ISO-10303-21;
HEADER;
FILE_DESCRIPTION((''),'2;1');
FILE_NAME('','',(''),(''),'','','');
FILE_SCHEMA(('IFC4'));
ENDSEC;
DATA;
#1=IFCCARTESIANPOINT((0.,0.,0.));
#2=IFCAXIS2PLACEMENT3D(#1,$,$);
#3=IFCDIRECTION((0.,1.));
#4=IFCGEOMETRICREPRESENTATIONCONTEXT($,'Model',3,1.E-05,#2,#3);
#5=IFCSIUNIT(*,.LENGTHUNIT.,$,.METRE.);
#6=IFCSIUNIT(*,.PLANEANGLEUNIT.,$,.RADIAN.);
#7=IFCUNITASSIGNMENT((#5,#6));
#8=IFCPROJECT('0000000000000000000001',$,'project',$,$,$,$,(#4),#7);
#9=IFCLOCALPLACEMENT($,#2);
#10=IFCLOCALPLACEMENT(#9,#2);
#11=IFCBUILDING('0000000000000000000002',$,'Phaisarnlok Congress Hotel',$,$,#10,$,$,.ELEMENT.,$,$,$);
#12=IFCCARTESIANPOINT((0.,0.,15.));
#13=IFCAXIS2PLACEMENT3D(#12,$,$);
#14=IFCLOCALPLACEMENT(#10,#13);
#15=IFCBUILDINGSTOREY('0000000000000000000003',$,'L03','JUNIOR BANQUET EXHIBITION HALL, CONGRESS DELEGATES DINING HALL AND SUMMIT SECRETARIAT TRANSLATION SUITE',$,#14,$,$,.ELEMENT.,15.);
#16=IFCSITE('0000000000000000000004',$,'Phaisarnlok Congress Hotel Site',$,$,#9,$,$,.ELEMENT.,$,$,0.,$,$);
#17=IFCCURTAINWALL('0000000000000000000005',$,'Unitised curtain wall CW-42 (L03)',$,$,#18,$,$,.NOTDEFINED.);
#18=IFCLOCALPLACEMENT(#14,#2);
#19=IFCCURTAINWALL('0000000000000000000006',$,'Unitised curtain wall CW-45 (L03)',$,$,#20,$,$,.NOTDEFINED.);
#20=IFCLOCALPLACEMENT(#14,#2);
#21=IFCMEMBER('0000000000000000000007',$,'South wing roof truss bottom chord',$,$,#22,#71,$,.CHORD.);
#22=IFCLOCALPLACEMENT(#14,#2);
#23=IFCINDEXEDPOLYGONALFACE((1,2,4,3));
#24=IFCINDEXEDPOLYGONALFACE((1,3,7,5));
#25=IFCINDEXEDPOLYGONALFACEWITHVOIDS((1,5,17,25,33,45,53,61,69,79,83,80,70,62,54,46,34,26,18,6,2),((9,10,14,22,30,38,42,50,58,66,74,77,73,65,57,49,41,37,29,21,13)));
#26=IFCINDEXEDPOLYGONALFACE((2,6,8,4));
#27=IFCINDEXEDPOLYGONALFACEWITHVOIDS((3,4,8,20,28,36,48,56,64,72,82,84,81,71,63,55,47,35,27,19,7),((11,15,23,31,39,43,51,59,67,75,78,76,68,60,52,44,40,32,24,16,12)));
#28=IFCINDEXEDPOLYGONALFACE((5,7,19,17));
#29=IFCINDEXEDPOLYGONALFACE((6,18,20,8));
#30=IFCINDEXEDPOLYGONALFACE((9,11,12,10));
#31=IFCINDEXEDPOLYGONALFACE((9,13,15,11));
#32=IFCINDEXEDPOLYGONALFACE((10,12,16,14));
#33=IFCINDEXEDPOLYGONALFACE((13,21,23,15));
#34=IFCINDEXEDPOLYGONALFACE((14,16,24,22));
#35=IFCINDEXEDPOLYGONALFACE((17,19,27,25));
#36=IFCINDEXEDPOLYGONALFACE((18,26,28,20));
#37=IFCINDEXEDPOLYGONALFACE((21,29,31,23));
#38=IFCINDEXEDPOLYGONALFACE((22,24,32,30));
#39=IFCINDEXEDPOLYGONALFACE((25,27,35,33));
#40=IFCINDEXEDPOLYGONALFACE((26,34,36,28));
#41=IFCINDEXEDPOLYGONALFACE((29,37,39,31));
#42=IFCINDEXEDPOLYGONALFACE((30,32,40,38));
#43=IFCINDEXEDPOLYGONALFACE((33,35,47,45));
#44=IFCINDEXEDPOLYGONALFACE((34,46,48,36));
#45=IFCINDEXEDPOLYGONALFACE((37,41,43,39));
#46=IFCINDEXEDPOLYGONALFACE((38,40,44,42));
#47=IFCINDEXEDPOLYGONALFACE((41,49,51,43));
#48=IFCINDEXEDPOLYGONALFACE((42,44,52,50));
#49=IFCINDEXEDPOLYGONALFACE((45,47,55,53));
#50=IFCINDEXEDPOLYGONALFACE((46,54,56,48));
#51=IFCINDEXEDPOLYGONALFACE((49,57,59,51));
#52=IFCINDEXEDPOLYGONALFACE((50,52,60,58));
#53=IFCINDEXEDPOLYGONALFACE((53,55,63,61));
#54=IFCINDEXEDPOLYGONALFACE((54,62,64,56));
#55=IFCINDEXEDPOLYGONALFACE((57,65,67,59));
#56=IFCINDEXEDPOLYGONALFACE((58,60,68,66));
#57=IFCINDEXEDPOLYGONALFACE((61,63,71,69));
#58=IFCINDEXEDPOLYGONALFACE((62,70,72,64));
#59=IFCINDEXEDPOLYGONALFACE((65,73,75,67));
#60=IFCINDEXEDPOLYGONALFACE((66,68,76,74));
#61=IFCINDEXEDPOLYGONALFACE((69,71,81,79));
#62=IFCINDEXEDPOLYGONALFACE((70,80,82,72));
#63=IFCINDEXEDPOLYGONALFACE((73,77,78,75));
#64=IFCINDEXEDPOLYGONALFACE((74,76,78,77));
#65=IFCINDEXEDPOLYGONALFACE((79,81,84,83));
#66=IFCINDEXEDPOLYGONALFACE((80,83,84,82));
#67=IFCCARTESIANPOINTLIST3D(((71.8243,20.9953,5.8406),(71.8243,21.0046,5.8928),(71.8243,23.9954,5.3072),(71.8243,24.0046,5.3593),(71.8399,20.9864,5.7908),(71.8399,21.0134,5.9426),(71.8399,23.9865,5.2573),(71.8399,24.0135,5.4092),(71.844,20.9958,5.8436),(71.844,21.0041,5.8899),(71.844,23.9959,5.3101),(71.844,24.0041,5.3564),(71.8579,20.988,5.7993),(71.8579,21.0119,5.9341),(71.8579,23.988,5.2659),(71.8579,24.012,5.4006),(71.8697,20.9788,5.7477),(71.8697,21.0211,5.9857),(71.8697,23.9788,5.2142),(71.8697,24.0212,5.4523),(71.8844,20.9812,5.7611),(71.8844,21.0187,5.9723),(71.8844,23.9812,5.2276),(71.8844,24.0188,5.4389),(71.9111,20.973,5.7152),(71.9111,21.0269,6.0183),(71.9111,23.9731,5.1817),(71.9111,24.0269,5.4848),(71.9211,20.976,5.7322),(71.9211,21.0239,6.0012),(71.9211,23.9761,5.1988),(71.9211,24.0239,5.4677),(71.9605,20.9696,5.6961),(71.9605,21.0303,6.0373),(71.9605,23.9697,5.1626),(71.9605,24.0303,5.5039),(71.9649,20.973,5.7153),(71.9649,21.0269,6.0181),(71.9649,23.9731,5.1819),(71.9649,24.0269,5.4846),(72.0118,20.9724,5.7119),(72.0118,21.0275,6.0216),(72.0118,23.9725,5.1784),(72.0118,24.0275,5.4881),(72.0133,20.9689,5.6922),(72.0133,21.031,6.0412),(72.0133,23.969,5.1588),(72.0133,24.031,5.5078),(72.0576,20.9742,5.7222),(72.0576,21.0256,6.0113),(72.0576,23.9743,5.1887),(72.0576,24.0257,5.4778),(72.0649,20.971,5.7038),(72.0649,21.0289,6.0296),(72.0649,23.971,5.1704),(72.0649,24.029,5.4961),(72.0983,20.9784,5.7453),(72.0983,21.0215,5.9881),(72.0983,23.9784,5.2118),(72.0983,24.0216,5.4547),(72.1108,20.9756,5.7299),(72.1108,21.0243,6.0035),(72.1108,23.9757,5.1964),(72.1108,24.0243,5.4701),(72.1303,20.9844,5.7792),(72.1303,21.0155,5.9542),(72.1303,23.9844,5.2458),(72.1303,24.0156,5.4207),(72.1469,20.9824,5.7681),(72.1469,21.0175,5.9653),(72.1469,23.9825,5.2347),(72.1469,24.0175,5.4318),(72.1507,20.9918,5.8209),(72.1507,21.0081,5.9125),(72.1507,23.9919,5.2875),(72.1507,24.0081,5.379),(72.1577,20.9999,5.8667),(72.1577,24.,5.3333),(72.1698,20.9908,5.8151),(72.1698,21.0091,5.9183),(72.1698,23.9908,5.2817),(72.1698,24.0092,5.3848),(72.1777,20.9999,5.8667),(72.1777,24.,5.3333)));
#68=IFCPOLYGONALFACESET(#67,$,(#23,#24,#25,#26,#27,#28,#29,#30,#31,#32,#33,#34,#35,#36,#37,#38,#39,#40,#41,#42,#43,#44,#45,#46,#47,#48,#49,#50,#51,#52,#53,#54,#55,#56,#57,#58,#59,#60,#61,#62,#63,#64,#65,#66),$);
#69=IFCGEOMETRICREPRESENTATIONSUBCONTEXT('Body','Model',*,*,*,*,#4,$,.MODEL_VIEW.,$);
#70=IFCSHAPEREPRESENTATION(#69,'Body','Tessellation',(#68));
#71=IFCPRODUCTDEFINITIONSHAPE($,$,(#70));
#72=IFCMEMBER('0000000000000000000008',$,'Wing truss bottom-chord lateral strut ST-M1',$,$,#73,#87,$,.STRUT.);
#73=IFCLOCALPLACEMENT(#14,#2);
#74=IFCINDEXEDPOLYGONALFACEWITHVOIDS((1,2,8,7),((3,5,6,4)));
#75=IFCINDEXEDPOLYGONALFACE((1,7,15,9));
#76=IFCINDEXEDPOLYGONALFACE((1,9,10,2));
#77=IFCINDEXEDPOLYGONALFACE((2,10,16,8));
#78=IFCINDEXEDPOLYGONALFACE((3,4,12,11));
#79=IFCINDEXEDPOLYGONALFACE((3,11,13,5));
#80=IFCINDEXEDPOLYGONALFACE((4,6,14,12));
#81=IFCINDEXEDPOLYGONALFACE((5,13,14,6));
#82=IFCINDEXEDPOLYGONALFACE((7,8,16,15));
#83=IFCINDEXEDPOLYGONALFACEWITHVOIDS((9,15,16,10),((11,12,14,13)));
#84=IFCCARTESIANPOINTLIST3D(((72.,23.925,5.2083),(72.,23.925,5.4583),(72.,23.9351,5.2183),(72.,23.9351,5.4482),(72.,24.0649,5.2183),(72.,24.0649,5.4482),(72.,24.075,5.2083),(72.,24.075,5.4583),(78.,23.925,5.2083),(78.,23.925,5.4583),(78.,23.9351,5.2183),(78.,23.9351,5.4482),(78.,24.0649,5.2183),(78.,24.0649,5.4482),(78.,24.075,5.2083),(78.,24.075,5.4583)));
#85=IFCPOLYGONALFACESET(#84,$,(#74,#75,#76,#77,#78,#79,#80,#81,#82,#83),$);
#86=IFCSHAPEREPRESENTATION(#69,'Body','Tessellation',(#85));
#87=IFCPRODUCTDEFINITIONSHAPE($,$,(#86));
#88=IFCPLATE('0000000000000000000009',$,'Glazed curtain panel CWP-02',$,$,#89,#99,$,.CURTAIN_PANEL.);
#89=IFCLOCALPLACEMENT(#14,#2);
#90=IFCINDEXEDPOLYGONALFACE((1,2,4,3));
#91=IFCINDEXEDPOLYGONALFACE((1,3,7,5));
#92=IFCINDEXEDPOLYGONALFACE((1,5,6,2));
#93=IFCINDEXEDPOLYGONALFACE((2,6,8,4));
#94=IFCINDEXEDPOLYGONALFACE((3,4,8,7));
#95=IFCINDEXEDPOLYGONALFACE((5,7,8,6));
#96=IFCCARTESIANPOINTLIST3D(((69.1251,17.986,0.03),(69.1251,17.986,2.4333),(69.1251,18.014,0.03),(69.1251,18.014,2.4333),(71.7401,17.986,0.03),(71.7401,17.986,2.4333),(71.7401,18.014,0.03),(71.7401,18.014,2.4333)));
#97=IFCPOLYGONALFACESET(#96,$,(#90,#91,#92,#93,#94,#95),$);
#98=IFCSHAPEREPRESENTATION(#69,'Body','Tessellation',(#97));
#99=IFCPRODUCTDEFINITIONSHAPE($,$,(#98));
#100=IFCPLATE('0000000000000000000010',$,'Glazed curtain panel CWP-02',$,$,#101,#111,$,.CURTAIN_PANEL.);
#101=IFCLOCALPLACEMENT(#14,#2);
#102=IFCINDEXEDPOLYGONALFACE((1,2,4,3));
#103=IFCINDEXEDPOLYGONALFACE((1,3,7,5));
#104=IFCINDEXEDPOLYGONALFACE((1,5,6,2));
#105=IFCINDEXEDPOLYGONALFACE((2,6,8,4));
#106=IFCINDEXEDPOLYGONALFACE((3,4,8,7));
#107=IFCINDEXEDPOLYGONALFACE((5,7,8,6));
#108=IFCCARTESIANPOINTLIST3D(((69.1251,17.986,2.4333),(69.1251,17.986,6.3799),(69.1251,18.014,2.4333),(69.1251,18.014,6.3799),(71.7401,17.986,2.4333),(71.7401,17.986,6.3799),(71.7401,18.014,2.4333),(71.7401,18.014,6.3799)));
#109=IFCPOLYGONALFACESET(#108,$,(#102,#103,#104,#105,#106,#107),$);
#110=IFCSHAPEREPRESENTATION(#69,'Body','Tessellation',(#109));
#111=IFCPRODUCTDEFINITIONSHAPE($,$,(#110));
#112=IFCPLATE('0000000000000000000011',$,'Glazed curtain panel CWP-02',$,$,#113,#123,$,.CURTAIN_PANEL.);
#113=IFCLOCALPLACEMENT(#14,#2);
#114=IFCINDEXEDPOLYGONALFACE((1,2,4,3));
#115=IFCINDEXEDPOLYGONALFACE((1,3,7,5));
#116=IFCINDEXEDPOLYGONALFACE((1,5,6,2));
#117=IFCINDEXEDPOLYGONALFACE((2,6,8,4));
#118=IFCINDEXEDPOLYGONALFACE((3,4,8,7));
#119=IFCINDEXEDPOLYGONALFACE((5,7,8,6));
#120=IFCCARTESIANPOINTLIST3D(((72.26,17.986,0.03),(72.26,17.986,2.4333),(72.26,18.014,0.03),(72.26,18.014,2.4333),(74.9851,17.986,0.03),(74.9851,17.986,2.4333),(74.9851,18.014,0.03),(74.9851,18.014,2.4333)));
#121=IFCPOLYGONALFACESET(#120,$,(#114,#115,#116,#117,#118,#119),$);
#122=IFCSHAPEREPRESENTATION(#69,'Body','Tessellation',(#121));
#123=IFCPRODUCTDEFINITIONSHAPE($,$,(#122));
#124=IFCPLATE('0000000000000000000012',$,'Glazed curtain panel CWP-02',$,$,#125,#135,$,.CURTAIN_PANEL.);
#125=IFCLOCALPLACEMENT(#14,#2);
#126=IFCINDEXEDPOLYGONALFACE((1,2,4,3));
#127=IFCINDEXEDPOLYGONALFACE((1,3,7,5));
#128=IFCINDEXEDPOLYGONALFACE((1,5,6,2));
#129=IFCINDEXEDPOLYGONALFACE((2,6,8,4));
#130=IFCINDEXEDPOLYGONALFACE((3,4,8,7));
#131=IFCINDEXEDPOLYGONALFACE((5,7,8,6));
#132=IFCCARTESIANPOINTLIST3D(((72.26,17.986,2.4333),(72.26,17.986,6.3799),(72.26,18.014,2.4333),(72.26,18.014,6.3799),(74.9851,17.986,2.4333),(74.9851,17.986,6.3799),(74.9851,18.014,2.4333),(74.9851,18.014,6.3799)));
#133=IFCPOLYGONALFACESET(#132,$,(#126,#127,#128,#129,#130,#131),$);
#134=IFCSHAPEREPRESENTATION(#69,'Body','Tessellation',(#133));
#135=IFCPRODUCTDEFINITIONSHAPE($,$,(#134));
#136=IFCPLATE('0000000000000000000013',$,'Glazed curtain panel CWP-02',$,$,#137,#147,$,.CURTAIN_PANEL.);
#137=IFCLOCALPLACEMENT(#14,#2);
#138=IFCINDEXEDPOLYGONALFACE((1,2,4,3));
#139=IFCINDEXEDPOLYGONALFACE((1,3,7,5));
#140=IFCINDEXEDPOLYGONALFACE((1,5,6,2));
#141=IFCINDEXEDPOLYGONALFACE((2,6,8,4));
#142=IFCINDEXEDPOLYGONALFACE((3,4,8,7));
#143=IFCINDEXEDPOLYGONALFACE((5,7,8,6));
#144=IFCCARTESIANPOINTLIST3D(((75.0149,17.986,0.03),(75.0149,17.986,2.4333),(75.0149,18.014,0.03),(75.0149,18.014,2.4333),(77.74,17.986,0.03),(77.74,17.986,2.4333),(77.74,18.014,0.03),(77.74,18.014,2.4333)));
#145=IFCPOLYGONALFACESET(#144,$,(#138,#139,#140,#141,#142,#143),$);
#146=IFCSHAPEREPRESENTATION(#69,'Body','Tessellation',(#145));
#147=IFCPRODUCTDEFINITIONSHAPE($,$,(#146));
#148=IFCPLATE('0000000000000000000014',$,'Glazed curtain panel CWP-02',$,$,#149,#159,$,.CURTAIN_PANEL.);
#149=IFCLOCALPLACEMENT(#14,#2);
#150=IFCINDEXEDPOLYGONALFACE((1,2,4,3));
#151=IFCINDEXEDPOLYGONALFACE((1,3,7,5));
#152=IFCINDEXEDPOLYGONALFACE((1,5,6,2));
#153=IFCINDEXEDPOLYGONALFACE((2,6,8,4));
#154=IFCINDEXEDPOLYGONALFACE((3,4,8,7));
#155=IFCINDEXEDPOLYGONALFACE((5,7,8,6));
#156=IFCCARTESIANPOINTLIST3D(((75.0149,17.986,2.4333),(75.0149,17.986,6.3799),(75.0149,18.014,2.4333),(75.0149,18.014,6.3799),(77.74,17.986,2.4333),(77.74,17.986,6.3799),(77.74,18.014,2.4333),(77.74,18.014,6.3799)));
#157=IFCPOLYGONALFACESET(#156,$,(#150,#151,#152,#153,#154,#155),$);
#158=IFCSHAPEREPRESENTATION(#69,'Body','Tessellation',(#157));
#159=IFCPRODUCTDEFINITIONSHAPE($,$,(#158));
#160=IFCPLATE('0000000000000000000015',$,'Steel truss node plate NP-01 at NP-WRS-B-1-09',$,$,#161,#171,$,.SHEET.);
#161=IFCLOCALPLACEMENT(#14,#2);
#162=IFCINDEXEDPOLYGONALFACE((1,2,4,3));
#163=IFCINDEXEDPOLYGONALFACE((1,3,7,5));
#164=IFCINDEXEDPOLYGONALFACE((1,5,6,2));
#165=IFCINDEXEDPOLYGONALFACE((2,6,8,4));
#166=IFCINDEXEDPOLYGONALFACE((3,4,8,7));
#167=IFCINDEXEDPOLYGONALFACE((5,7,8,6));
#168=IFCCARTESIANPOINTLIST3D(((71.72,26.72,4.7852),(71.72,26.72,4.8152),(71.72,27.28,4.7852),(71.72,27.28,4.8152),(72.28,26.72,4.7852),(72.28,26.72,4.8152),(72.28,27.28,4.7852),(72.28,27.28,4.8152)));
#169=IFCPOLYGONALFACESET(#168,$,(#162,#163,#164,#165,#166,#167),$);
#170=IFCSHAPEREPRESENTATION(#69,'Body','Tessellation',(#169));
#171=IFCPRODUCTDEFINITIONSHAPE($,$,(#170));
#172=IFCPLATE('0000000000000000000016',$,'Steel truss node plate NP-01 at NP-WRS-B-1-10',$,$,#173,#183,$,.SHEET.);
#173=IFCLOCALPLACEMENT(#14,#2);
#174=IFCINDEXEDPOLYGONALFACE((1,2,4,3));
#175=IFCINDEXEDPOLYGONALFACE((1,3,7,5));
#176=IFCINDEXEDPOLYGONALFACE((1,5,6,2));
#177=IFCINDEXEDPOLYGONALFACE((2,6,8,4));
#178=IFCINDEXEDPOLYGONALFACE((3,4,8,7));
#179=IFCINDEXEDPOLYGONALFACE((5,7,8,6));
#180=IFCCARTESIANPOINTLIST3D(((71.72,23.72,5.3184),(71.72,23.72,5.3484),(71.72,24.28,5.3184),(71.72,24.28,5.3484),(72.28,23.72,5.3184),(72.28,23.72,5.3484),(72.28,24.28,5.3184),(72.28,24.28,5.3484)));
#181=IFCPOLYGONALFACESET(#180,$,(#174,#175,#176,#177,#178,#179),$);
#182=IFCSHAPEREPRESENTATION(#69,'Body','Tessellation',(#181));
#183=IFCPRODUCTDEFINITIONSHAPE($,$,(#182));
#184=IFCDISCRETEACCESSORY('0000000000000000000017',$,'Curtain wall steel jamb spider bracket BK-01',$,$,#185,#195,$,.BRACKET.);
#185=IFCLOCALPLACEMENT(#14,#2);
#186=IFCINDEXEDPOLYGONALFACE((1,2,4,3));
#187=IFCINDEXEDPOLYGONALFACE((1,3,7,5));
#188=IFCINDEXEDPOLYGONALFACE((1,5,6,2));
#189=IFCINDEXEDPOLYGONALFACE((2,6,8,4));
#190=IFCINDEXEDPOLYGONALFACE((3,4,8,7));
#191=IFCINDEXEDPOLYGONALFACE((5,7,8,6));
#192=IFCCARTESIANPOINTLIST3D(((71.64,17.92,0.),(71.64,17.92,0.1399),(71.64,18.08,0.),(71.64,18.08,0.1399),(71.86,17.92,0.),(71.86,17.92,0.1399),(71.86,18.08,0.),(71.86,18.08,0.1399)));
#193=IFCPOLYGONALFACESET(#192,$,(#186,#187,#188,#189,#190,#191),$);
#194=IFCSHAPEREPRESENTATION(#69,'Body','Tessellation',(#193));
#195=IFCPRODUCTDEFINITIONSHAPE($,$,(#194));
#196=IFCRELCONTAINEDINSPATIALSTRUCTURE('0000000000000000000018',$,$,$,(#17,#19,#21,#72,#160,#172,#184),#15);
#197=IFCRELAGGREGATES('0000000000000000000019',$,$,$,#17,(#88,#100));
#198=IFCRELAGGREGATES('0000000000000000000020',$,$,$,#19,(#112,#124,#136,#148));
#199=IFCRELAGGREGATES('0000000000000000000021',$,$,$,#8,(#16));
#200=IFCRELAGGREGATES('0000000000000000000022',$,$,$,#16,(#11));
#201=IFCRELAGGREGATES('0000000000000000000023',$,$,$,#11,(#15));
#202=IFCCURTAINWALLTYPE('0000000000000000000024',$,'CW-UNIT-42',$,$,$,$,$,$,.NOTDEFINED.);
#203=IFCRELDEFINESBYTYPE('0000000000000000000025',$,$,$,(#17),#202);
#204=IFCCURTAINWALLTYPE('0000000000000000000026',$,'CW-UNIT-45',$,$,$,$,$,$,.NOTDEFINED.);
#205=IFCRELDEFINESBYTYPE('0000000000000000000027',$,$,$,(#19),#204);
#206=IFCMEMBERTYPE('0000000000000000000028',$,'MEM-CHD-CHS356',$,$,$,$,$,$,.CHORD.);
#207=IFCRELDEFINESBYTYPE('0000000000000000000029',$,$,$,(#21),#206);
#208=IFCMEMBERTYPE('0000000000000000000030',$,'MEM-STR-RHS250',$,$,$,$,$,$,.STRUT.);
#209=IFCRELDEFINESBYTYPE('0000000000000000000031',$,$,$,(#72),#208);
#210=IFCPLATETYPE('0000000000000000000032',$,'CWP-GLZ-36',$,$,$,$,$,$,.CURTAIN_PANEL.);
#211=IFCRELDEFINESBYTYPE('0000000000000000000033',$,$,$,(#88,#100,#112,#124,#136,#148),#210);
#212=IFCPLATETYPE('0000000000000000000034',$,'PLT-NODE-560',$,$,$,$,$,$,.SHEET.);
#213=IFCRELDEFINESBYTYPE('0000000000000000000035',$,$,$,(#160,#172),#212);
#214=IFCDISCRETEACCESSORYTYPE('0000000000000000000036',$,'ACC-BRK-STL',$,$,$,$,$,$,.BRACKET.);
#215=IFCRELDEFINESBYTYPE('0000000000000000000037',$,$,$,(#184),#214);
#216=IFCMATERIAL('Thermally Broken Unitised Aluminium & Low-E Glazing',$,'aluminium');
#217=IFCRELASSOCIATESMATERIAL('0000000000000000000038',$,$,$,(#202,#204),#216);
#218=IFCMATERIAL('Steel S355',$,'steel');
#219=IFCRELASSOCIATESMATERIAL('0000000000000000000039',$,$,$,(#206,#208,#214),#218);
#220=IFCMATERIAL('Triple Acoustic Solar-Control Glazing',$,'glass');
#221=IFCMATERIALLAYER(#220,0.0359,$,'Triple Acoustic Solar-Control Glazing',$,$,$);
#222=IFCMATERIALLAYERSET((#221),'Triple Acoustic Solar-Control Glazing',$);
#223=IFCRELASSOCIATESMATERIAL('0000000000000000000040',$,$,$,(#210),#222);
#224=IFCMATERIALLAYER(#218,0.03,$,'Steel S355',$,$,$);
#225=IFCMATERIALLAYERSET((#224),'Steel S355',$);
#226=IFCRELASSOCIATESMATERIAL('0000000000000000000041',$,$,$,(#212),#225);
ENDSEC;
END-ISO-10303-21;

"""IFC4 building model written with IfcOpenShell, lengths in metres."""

from ifc_helpers import new_model, si_unit, direction, frame, frame_2d, origin, origin_2d, place, context, subcontext, project, spatial, rectangle, hollow_rectangle, hollow_circle, extrude, material, layer, layer_set, material_profile, profile_set, type_object, element, aggregate, save


model = new_model("IFC4")

# Units and contexts
model_context = context("Model", 3, precision=1e-05, world=origin(), true_north=direction((0.0, 1.0)))
body_context = subcontext(model_context, "Body", "Model", "MODEL_VIEW")
ifc_project = project(units=[si_unit("LENGTHUNIT", "METRE"), si_unit("PLANEANGLEUNIT", "RADIAN")], contexts=[model_context])

# Site, building, storey
site_placement = place(None, origin())
site = spatial("IfcSite", under=ifc_project, at=site_placement, Name="Phaisarnlok Congress Hotel Site", CompositionType="ELEMENT", RefElevation=0.0)
building_placement = place(site_placement, origin())
building = spatial("IfcBuilding", under=site, at=building_placement, Name="Phaisarnlok Congress Hotel", CompositionType="ELEMENT")
storey_placement = place(building_placement, frame((0.0, 0.0, 15.0)))
storey = spatial("IfcBuildingStorey", under=building, at=storey_placement, Name="L03", Description="JUNIOR BANQUET EXHIBITION HALL, CONGRESS DELEGATES DINING HALL AND SUMMIT SECRETARIAT TRANSLATION SUITE", CompositionType="ELEMENT", Elevation=15.0)

# Shared definitions
ifc_material_1 = material(Name="Steel S355", Category="steel")

# Curtain wall
ifc_material_2 = material(Name="Thermally Broken Unitised Aluminium & Low-E Glazing", Category="aluminium")
curtain_wall_type_1 = type_object("IfcCurtainWallType", Name="CW-UNIT-42", PredefinedType="NOTDEFINED", material=ifc_material_2)
curtain_wall_1_placement = place(storey_placement, origin())
curtain_wall_1 = element("IfcCurtainWall", 1, at=curtain_wall_1_placement, inside=storey, type_object=curtain_wall_type_1, Name="Unitised curtain wall CW-42 (L03)", PredefinedType="NOTDEFINED")

# Curtain wall
curtain_wall_type_2 = type_object("IfcCurtainWallType", Name="CW-UNIT-45", PredefinedType="NOTDEFINED", material=ifc_material_2)
curtain_wall_2_placement = place(storey_placement, origin())
curtain_wall_2 = element("IfcCurtainWall", 2, at=curtain_wall_2_placement, inside=storey, type_object=curtain_wall_type_2, Name="Unitised curtain wall CW-45 (L03)", PredefinedType="NOTDEFINED")

# Members
ifc_material_profile_1 = material_profile(ifc_material_1, hollow_circle(Radius=0.1777, WallThickness=0.02, at=origin_2d()), Name="CHS 355.6x20")
ifc_profile_set_1 = profile_set([ifc_material_profile_1], Name="Steel S355")
member_type_1 = type_object("IfcMemberType", Name="MEM-CHD-CHS356", PredefinedType="CHORD", material=ifc_profile_set_1)
for number, where, z_axis, x_axis, name in (
    (3, (72.0, 24.0, 5.3333), (0.0, -0.984556, 0.17507), (1.0, 0.0, 0.0), "South wing roof truss bottom chord"),
):
    element("IfcMember", number, at=place(storey_placement, frame(where, z_axis=z_axis, x_axis=x_axis)), inside=storey, type_object=member_type_1, Name=name, PredefinedType="CHORD", context=body_context, shape_type="SweptSolid", body=[
        extrude(hollow_circle(Radius=0.1777, WallThickness=0.02, at=origin_2d()), origin(), (0.0, 0.0, 1.0), 3.0471),
    ])
ifc_material_profile_2 = material_profile(ifc_material_1, hollow_rectangle(XDim=0.1499, YDim=0.25, WallThickness=0.01, at=origin_2d()), Name="RHS 250x150x10")
ifc_profile_set_2 = profile_set([ifc_material_profile_2], Name="Steel S355")
member_type_2 = type_object("IfcMemberType", Name="MEM-STR-RHS250", PredefinedType="STRUT", material=ifc_profile_set_2)
member_1_placement = place(storey_placement, frame((72.0, 24.0, 5.3333), z_axis=(1.0, 0.0, 0.0), x_axis=(0.0, 1.0, 0.0)))
element("IfcMember", 4, at=member_1_placement, inside=storey, type_object=member_type_2, Name="Wing truss bottom-chord lateral strut ST-M1", PredefinedType="STRUT", context=body_context, shape_type="SweptSolid", body=[
    extrude(hollow_rectangle(XDim=0.1499, YDim=0.25, WallThickness=0.01, at=origin_2d()), origin(), (0.0, 0.0, 1.0), 6.0),
])

# Plates
ifc_material_3 = material(Name="Triple Acoustic Solar-Control Glazing", Category="glass")
ifc_layer_1 = layer(ifc_material_3, 0.0359, Name="Triple Acoustic Solar-Control Glazing")
ifc_layer_set_1 = layer_set([ifc_layer_1], Name="Triple Acoustic Solar-Control Glazing")
plate_type_1 = type_object("IfcPlateType", Name="CWP-GLZ-36", PredefinedType="CURTAIN_PANEL", material=ifc_layer_set_1)
plate_1_placement = place(storey_placement, frame((69.125, 18.0, 0.03), z_axis=(0.0, 0.0, 1.0), x_axis=(1.0, 0.0, 0.0)))
plate_1 = element("IfcPlate", 5, at=plate_1_placement, type_object=plate_type_1, Name="Glazed curtain panel CWP-02", PredefinedType="CURTAIN_PANEL", context=body_context, shape_type="SweptSolid", body=[
    extrude(rectangle(XDim=2.615, YDim=0.0281, at=frame_2d((1.3076, 0.0))), origin(), (0.0, 0.0, 1.0), 2.4033),
])
plate_2_placement = place(storey_placement, frame((69.125, 18.0, 2.4333), z_axis=(0.0, 0.0, 1.0), x_axis=(1.0, 0.0, 0.0)))
plate_2 = element("IfcPlate", 6, at=plate_2_placement, type_object=plate_type_1, Name="Glazed curtain panel CWP-02", PredefinedType="CURTAIN_PANEL", context=body_context, shape_type="SweptSolid", body=[
    extrude(rectangle(XDim=2.615, YDim=0.0281, at=frame_2d((1.3076, 0.0))), origin(), (0.0, 0.0, 1.0), 3.9465),
])
aggregate(curtain_wall_1, [plate_1, plate_2])
plate_3_placement = place(storey_placement, frame((72.26, 18.0, 0.03), z_axis=(0.0, 0.0, 1.0), x_axis=(1.0, 0.0, 0.0)))
plate_3 = element("IfcPlate", 7, at=plate_3_placement, type_object=plate_type_1, Name="Glazed curtain panel CWP-02", PredefinedType="CURTAIN_PANEL", context=body_context, shape_type="SweptSolid", body=[
    extrude(rectangle(XDim=2.7251, YDim=0.0281, at=frame_2d((1.3625, 0.0))), origin(), (0.0, 0.0, 1.0), 2.4033),
])
plate_4_placement = place(storey_placement, frame((72.26, 18.0, 2.4333), z_axis=(0.0, 0.0, 1.0), x_axis=(1.0, 0.0, 0.0)))
plate_4 = element("IfcPlate", 8, at=plate_4_placement, type_object=plate_type_1, Name="Glazed curtain panel CWP-02", PredefinedType="CURTAIN_PANEL", context=body_context, shape_type="SweptSolid", body=[
    extrude(rectangle(XDim=2.7251, YDim=0.0281, at=frame_2d((1.3625, 0.0))), origin(), (0.0, 0.0, 1.0), 3.9465),
])
plate_5_placement = place(storey_placement, frame((75.0149, 18.0, 0.03), z_axis=(0.0, 0.0, 1.0), x_axis=(1.0, 0.0, 0.0)))
plate_5 = element("IfcPlate", 9, at=plate_5_placement, type_object=plate_type_1, Name="Glazed curtain panel CWP-02", PredefinedType="CURTAIN_PANEL", context=body_context, shape_type="SweptSolid", body=[
    extrude(rectangle(XDim=2.7251, YDim=0.0281, at=frame_2d((1.3625, 0.0))), origin(), (0.0, 0.0, 1.0), 2.4033),
])
plate_6_placement = place(storey_placement, frame((75.0149, 18.0, 2.4333), z_axis=(0.0, 0.0, 1.0), x_axis=(1.0, 0.0, 0.0)))
plate_6 = element("IfcPlate", 10, at=plate_6_placement, type_object=plate_type_1, Name="Glazed curtain panel CWP-02", PredefinedType="CURTAIN_PANEL", context=body_context, shape_type="SweptSolid", body=[
    extrude(rectangle(XDim=2.7251, YDim=0.0281, at=frame_2d((1.3625, 0.0))), origin(), (0.0, 0.0, 1.0), 3.9465),
])
aggregate(curtain_wall_2, [plate_3, plate_4, plate_5, plate_6])

# Plates
ifc_layer_2 = layer(ifc_material_1, 0.03, Name="Steel S355")
ifc_layer_set_2 = layer_set([ifc_layer_2], Name="Steel S355")
plate_type_2 = type_object("IfcPlateType", Name="PLT-NODE-560", PredefinedType="SHEET", material=ifc_layer_set_2)
for number, where, z_axis, x_axis, name in (
    (11, (72.0, 27.0, 4.7852), (0.0, 0.0, 1.0), (1.0, 0.0, 0.0), "Steel truss node plate NP-01 at NP-WRS-B-1-09"),
    (12, (72.0, 24.0, 5.3184), (0.0, 0.0, 1.0), (1.0, 0.0, 0.0), "Steel truss node plate NP-01 at NP-WRS-B-1-10"),
):
    element("IfcPlate", number, at=place(storey_placement, frame(where, z_axis=z_axis, x_axis=x_axis)), inside=storey, type_object=plate_type_2, Name=name, PredefinedType="SHEET", context=body_context, shape_type="SweptSolid", body=[
        extrude(rectangle(XDim=0.5601, YDim=0.5601, at=origin_2d()), origin(), (0.0, 0.0, 1.0), 0.03),
    ])

# Discrete accessory
discrete_accessory_type = type_object("IfcDiscreteAccessoryType", Name="ACC-BRK-STL", PredefinedType="BRACKET", material=ifc_material_1)
for number, where, z_axis, x_axis, name in (
    (13, (71.75, 18.0, 0.0), (0.0, 0.0, 1.0), (1.0, 0.0, 0.0), "Curtain wall steel jamb spider bracket BK-01"),
):
    element("IfcDiscreteAccessory", number, at=place(storey_placement, frame(where, z_axis=z_axis, x_axis=x_axis)), inside=storey, type_object=discrete_accessory_type, Name=name, PredefinedType="BRACKET", context=body_context, shape_type="SweptSolid", body=[
        extrude(rectangle(XDim=0.22, YDim=0.1599, at=origin_2d()), origin(), (0.0, 0.0, 1.0), 0.1399),
    ])

save(model, "model.ifc")
